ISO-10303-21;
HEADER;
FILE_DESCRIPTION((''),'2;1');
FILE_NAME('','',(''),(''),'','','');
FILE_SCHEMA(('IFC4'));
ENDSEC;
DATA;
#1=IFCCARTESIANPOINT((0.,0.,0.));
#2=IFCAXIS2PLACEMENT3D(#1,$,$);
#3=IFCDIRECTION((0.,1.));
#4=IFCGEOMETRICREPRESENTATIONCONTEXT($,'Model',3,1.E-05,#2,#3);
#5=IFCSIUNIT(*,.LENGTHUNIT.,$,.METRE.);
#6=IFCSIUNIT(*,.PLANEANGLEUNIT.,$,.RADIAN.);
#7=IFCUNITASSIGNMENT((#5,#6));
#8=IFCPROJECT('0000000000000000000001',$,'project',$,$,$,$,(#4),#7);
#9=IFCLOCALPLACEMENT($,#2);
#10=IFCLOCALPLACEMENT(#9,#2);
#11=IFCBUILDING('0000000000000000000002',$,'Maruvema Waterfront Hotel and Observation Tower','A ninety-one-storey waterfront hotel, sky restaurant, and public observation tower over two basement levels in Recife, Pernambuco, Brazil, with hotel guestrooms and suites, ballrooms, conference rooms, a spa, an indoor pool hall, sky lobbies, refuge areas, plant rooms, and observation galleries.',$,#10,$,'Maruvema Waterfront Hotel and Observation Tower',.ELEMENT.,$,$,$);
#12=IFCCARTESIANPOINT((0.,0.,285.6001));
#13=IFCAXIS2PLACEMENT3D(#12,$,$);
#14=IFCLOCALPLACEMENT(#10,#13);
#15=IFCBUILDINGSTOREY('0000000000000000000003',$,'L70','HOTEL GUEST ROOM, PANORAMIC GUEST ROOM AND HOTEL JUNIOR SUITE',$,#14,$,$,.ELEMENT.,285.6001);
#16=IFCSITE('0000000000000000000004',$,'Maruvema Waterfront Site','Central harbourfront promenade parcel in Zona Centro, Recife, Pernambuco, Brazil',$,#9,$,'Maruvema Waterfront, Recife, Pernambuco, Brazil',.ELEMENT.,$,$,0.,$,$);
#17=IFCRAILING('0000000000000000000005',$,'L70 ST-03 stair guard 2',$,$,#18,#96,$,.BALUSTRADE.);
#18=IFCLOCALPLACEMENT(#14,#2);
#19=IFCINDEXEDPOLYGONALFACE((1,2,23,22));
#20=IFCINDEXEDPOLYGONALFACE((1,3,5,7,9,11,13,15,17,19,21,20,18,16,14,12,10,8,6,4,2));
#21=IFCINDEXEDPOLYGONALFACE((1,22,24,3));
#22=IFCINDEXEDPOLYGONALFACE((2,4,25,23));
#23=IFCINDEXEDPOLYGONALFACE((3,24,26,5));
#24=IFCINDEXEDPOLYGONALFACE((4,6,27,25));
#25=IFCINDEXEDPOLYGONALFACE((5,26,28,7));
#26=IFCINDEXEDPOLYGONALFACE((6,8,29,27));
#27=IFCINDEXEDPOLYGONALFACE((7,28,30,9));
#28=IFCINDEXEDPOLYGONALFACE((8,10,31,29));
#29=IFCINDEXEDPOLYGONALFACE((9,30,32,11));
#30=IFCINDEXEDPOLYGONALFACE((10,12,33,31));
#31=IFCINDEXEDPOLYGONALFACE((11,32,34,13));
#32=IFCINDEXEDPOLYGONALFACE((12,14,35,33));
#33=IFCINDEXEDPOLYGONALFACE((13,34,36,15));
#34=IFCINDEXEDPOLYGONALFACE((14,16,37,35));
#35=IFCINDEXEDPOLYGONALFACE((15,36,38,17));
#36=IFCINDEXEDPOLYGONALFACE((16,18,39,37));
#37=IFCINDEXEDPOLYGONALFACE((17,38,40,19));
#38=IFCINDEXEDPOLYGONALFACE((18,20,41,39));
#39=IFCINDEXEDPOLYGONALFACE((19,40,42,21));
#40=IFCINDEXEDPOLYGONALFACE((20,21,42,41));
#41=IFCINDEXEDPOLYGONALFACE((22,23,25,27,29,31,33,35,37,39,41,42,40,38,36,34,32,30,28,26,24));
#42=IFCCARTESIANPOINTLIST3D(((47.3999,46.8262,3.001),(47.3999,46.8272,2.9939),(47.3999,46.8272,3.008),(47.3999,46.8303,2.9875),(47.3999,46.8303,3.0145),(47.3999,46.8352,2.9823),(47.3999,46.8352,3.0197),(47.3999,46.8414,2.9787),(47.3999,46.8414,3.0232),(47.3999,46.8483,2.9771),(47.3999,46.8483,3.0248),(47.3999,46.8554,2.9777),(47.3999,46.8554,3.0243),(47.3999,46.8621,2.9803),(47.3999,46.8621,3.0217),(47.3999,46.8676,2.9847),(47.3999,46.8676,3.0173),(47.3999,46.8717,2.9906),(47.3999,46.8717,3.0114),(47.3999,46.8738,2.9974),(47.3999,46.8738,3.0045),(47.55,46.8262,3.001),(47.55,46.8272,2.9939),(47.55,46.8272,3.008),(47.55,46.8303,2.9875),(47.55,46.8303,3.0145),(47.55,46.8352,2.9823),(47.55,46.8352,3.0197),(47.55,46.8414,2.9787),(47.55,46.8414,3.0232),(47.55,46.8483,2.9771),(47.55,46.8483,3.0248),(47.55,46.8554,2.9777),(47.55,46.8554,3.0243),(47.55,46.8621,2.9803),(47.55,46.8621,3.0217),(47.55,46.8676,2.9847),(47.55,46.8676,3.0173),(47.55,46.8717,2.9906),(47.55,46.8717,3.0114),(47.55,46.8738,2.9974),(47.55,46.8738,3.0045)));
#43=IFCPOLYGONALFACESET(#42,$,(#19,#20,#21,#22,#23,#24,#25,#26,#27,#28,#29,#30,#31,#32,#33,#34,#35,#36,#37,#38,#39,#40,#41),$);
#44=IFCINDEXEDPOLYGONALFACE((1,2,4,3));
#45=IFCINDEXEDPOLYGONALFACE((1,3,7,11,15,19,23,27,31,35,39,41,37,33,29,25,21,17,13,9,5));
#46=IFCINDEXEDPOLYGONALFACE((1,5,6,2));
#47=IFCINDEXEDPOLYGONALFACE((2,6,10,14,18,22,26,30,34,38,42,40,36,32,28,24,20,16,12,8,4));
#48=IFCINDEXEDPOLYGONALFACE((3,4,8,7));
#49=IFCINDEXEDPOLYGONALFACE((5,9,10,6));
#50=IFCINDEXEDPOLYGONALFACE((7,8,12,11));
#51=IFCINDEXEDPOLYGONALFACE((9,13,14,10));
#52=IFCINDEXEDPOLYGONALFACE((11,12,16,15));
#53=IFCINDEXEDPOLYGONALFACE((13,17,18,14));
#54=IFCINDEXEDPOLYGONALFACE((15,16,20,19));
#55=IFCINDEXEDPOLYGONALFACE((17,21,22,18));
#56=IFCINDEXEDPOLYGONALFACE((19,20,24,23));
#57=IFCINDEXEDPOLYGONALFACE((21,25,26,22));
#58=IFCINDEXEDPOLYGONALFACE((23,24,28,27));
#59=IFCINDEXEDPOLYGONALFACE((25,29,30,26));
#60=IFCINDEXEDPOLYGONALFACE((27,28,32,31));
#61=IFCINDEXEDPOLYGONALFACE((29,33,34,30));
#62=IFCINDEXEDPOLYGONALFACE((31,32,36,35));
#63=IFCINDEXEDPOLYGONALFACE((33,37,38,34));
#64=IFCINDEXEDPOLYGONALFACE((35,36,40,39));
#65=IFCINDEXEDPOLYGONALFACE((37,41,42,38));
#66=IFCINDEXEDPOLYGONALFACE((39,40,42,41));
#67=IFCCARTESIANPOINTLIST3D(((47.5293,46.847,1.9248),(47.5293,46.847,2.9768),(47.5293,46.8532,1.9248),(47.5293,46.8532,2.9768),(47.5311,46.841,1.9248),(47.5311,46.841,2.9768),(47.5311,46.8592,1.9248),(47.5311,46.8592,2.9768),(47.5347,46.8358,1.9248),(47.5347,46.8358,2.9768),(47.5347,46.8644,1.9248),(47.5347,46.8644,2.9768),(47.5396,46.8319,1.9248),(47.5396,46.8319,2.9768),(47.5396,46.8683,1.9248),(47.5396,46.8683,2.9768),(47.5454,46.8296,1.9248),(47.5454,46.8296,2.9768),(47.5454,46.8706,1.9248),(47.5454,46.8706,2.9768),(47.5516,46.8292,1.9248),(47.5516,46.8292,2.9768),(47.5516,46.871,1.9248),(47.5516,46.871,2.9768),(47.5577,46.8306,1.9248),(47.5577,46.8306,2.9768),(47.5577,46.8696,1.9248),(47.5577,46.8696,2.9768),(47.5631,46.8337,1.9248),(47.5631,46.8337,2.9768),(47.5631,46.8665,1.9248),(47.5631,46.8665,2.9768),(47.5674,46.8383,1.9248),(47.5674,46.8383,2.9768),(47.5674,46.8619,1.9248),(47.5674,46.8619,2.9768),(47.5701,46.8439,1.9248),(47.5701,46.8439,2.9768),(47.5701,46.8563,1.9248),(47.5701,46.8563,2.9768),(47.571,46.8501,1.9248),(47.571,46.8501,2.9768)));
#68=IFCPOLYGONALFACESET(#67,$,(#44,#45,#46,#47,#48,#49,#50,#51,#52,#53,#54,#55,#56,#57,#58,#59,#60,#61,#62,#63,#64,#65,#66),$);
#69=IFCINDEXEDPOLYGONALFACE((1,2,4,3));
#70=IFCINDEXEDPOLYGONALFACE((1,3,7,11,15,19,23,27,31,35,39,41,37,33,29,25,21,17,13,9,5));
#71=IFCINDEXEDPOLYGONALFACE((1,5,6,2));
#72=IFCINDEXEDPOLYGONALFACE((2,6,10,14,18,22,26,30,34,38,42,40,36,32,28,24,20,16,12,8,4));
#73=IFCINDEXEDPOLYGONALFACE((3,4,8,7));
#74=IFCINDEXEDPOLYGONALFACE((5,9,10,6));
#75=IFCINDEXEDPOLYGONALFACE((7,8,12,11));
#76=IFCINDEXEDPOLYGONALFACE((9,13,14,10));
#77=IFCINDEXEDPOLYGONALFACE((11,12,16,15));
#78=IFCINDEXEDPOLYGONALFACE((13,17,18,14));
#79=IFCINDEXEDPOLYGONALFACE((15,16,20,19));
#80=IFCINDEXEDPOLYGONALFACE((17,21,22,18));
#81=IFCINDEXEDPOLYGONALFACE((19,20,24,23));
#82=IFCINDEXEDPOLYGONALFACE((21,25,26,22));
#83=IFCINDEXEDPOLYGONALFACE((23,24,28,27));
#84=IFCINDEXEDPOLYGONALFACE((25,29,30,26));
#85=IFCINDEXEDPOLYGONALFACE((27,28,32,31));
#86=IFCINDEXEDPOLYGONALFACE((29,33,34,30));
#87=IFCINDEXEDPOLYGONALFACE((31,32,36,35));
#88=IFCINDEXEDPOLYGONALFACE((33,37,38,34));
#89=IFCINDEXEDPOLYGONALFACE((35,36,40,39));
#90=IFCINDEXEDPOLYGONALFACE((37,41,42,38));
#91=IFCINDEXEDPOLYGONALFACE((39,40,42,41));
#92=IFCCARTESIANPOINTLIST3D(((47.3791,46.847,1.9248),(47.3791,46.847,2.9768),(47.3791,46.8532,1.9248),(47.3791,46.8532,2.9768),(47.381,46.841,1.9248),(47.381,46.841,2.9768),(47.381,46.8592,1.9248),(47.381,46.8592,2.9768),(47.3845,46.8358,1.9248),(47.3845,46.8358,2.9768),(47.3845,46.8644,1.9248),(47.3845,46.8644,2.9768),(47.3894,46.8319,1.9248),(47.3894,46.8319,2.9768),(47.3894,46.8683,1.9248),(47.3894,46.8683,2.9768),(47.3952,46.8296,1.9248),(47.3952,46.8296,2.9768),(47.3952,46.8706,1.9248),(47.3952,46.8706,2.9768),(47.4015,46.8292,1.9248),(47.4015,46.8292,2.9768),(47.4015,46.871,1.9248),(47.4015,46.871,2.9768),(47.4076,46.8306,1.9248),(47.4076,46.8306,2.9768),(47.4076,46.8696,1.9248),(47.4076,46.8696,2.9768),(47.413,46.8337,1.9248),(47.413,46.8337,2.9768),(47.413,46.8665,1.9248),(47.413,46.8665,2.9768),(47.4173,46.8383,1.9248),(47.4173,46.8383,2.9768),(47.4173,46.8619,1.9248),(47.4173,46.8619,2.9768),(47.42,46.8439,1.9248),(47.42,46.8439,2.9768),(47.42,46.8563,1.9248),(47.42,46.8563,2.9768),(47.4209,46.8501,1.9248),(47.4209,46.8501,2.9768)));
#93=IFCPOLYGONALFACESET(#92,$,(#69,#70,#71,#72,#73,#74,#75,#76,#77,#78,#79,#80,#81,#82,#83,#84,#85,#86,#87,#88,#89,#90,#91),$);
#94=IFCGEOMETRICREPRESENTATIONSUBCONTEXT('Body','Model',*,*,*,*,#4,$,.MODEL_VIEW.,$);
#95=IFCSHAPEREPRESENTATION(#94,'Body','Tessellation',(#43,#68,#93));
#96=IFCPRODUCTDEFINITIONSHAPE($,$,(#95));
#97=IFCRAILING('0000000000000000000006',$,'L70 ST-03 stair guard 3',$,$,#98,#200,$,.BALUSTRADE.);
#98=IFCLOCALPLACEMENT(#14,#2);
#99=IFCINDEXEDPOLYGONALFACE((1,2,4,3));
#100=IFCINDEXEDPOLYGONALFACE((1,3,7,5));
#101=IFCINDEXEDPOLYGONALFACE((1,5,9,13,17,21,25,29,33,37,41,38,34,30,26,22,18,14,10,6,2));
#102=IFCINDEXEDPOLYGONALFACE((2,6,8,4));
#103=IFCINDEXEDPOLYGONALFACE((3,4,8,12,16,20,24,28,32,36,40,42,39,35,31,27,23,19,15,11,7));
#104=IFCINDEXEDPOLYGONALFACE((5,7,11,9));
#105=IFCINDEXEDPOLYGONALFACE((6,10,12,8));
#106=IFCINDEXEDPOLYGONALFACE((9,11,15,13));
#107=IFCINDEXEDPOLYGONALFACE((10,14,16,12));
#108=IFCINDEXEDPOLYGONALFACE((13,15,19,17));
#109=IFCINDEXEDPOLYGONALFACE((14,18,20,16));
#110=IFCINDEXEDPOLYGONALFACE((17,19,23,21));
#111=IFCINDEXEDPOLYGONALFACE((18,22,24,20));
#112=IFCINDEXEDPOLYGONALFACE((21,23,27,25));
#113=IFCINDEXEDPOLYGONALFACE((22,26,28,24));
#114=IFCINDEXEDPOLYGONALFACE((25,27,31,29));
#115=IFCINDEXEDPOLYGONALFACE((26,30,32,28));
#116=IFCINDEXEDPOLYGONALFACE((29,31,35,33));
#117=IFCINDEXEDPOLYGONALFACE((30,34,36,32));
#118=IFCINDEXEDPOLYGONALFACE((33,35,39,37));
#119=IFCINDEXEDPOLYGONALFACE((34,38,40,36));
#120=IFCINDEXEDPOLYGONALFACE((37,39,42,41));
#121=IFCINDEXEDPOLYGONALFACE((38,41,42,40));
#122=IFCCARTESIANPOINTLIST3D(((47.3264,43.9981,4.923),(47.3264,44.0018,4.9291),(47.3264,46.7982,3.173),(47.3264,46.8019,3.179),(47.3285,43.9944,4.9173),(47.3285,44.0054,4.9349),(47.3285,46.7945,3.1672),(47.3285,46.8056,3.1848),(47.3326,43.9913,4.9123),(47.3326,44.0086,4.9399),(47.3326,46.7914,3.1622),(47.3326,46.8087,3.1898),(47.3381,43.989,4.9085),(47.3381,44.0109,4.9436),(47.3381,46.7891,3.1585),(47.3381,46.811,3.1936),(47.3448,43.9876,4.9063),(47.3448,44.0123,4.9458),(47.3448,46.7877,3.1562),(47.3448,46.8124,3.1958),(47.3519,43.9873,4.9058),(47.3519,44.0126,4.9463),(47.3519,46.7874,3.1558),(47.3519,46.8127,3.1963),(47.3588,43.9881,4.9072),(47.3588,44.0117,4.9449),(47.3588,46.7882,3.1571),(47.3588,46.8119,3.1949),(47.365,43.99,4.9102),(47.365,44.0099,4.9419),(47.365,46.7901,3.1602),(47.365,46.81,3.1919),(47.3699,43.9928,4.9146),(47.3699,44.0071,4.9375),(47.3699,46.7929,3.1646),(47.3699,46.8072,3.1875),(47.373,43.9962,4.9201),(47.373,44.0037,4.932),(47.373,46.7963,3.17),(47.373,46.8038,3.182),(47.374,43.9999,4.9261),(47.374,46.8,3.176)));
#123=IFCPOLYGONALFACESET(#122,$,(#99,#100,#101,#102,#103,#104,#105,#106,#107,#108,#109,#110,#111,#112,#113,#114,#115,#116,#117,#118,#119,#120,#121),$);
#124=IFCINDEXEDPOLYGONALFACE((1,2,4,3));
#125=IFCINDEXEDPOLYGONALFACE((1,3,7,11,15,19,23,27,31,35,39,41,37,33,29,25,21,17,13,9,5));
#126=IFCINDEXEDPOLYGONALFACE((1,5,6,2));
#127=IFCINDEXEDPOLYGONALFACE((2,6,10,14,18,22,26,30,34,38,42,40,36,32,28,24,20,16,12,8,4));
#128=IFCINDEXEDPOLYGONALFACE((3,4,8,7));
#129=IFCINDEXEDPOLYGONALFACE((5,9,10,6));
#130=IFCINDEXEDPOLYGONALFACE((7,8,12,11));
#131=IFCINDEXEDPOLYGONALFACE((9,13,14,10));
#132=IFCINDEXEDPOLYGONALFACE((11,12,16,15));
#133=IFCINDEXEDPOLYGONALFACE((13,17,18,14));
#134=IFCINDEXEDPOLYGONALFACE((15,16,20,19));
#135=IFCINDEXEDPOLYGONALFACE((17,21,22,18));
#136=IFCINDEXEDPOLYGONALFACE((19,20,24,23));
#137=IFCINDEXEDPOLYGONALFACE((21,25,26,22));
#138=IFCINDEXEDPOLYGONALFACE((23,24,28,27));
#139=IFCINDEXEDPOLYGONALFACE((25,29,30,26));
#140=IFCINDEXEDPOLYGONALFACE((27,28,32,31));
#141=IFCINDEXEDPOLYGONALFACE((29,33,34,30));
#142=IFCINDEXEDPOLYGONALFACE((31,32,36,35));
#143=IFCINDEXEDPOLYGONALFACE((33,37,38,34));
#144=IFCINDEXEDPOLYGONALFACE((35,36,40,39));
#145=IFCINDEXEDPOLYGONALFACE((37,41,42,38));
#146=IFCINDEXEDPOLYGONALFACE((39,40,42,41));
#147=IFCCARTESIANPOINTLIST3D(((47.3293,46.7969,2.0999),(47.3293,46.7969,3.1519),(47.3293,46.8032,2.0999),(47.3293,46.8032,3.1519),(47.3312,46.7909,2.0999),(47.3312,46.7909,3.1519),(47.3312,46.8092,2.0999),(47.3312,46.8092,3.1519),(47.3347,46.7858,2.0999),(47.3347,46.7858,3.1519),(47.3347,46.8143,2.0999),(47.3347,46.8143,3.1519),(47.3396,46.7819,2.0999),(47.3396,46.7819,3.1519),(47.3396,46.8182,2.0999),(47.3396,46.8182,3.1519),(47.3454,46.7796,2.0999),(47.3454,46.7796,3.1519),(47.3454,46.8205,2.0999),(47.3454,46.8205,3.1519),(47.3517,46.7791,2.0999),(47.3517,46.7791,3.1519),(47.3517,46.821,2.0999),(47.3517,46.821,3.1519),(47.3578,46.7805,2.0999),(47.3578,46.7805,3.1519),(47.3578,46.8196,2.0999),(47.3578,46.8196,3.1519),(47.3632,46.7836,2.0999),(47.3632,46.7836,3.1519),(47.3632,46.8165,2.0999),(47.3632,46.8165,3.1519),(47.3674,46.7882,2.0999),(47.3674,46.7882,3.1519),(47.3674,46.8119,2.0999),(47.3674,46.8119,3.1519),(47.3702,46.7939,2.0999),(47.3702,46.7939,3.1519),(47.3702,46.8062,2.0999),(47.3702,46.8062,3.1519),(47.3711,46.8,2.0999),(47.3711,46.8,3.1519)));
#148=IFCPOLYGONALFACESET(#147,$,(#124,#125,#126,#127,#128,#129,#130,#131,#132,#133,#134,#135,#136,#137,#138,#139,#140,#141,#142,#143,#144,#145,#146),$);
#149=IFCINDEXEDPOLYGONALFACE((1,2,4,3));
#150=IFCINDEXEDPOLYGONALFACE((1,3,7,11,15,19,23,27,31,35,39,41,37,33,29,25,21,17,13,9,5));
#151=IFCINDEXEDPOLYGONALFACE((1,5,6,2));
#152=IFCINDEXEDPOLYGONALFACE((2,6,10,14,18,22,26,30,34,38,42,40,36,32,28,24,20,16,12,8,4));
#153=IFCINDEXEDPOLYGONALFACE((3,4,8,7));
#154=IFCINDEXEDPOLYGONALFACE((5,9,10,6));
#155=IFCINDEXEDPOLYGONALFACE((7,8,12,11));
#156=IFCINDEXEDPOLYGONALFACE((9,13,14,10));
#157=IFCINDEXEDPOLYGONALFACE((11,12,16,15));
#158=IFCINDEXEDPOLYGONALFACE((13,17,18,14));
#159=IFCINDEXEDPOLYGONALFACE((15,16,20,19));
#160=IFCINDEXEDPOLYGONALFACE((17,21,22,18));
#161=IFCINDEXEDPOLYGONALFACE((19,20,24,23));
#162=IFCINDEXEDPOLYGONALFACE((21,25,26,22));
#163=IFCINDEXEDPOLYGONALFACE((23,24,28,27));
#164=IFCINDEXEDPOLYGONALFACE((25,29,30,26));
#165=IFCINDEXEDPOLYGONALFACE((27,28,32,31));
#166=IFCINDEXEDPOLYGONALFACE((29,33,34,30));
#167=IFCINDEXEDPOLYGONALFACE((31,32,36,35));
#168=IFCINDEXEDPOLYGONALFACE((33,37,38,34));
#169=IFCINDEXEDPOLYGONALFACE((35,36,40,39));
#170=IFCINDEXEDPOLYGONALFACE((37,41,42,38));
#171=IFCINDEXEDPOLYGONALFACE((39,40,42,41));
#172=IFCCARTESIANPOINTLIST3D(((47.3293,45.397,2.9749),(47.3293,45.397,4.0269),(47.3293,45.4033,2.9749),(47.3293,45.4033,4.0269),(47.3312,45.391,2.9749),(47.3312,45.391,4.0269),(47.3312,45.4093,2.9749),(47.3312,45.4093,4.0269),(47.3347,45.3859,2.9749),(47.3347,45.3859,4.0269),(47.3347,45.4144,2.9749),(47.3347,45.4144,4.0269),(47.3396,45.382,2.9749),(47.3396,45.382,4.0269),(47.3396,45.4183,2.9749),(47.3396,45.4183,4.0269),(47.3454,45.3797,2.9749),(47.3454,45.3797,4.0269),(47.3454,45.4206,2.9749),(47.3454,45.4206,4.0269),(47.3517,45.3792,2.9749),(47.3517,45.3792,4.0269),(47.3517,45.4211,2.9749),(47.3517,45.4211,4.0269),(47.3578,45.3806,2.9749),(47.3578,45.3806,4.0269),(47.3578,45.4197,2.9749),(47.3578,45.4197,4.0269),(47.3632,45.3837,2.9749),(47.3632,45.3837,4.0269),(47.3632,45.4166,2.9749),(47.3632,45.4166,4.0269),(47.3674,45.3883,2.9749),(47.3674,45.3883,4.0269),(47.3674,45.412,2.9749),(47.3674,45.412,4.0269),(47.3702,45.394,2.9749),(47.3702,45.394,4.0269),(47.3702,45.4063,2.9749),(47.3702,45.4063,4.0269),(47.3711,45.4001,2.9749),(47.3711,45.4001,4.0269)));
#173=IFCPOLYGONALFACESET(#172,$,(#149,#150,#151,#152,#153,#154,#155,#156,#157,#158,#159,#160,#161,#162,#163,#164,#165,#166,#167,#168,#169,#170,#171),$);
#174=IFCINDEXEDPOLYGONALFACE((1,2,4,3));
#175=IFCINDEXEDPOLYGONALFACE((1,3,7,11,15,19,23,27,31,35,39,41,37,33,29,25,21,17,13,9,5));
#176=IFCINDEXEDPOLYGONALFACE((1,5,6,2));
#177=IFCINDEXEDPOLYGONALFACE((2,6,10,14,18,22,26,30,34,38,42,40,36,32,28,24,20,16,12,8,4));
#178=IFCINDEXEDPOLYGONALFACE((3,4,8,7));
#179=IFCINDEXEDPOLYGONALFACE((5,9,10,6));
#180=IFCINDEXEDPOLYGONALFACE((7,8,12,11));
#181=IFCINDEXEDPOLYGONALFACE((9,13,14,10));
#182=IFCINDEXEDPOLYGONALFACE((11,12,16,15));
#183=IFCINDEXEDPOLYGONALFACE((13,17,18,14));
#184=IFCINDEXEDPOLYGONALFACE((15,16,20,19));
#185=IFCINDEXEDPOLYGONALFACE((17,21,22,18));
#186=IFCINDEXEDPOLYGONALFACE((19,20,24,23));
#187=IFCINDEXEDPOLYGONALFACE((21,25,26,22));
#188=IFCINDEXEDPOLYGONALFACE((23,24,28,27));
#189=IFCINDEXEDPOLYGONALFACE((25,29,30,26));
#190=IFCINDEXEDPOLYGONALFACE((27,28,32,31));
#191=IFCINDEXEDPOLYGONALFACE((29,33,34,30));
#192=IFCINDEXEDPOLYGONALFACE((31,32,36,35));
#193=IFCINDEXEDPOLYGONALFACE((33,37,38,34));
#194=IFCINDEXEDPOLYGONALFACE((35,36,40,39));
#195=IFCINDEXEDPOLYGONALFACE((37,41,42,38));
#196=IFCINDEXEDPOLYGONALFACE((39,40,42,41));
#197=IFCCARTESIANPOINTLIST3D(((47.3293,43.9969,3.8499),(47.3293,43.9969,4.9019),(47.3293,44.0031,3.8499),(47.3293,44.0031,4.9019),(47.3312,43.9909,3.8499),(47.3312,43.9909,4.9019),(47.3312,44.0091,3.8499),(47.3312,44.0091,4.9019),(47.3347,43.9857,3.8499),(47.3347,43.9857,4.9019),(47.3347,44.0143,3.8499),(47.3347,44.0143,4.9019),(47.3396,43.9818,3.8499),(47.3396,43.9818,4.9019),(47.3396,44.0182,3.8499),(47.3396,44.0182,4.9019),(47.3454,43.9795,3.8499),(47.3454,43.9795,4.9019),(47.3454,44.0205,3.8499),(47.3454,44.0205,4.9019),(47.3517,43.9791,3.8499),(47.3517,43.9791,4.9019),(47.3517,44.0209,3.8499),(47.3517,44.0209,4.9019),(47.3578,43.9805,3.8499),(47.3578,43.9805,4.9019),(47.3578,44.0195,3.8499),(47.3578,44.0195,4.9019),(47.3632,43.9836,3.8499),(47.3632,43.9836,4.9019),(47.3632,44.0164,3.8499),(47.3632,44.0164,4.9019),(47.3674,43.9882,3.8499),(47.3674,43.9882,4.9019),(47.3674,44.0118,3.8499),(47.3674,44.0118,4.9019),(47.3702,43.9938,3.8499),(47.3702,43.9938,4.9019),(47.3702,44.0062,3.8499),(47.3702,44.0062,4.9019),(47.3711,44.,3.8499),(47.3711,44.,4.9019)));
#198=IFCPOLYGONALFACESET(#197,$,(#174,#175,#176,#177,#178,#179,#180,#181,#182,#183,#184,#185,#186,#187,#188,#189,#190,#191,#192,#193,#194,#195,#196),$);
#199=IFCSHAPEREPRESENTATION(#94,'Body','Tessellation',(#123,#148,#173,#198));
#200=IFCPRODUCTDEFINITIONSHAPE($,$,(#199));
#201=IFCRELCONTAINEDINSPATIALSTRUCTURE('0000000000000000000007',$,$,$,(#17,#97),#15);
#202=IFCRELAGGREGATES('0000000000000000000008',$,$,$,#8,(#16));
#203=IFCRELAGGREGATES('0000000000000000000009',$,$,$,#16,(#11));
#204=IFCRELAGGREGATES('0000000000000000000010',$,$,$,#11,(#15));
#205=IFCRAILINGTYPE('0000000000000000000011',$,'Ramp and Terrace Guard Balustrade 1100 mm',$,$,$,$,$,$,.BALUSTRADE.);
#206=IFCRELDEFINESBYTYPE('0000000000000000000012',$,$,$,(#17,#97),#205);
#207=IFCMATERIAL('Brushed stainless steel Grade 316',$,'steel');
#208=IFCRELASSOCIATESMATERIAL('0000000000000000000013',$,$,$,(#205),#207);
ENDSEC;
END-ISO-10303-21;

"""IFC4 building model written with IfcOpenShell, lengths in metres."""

from ifc_helpers import new_model, si_unit, direction, frame, origin, origin_2d, place, context, subcontext, project, spatial, circle, extrude, material, type_object, element, save


model = new_model("IFC4")

# Units and contexts
model_context = context("Model", 3, precision=1e-05, world=origin(), true_north=direction((0.0, 1.0)))
body_context = subcontext(model_context, "Body", "Model", "MODEL_VIEW")
ifc_project = project(units=[si_unit("LENGTHUNIT", "METRE"), si_unit("PLANEANGLEUNIT", "RADIAN")], contexts=[model_context])

# Site, building, storey
site_placement = place(None, origin())
site = spatial("IfcSite", under=ifc_project, at=site_placement, Name="Maruvema Waterfront Site", Description="Central harbourfront promenade parcel in Zona Centro, Recife, Pernambuco, Brazil", LongName="Maruvema Waterfront, Recife, Pernambuco, Brazil", CompositionType="ELEMENT", RefElevation=0.0)
building_placement = place(site_placement, origin())
building = spatial("IfcBuilding", under=site, at=building_placement, Name="Maruvema Waterfront Hotel and Observation Tower", Description="A ninety-one-storey waterfront hotel, sky restaurant, and public observation tower over two basement levels in Recife, Pernambuco, Brazil, with hotel guestrooms and suites, ballrooms, conference rooms, a spa, an indoor pool hall, sky lobbies, refuge areas, plant rooms, and observation galleries.", LongName="Maruvema Waterfront Hotel and Observation Tower", CompositionType="ELEMENT")
storey_placement = place(building_placement, frame((0.0, 0.0, 285.6001)))
storey = spatial("IfcBuildingStorey", under=building, at=storey_placement, Name="L70", Description="HOTEL GUEST ROOM, PANORAMIC GUEST ROOM AND HOTEL JUNIOR SUITE", CompositionType="ELEMENT", Elevation=285.6001)

# Railings
ifc_material_1 = material(Name="Brushed stainless steel Grade 316", Category="steel")
railing_type_1 = type_object("IfcRailingType", Name="Ramp and Terrace Guard Balustrade 1100 mm", PredefinedType="BALUSTRADE", material=ifc_material_1)
railing_1_placement = place(storey_placement, frame((47.55, 46.8501, 1.9248)))
element("IfcRailing", 1, at=railing_1_placement, inside=storey, type_object=railing_type_1, Name="L70 ST-03 stair guard 2", PredefinedType="BALUSTRADE", context=body_context, shape_type="SweptSolid", body=[
    extrude(circle(Radius=0.0239, at=origin_2d()), frame((0.0, 0.0, 1.0762), z_axis=(-1.0, 0.0, 0.0), x_axis=(0.0, -1.0, 0.0)), (0.0, 0.0, 1.0), 0.1501),
    extrude(circle(Radius=0.021, at=origin_2d()), origin(), (0.0, 0.0, 1.0), 1.052),
    extrude(circle(Radius=0.021, at=origin_2d()), frame((-0.1501, 0.0, 0.0)), (0.0, 0.0, 1.0), 1.052),
])
railing_2_placement = place(storey_placement, frame((47.3501, 46.8, 2.0999)))
element("IfcRailing", 2, at=railing_2_placement, inside=storey, type_object=railing_type_1, Name="L70 ST-03 stair guard 3", PredefinedType="BALUSTRADE", context=body_context, shape_type="SweptSolid", body=[
    extrude(circle(Radius=0.0239, at=origin_2d()), frame((0.0, 0.0, 1.0762), z_axis=(0.0, -0.848002, 0.529992), x_axis=(1.0, 0.0, 0.0)), (0.0, 0.0, 1.0), 3.302),
    extrude(circle(Radius=0.021, at=origin_2d()), origin(), (0.0, 0.0, 1.0), 1.052),
    extrude(circle(Radius=0.021, at=origin_2d()), frame((0.0, -1.3999, 0.875)), (0.0, 0.0, 1.0), 1.052),
    extrude(circle(Radius=0.021, at=origin_2d()), frame((0.0, -2.8, 1.75)), (0.0, 0.0, 1.0), 1.052),
])

save(model, "model.ifc")
